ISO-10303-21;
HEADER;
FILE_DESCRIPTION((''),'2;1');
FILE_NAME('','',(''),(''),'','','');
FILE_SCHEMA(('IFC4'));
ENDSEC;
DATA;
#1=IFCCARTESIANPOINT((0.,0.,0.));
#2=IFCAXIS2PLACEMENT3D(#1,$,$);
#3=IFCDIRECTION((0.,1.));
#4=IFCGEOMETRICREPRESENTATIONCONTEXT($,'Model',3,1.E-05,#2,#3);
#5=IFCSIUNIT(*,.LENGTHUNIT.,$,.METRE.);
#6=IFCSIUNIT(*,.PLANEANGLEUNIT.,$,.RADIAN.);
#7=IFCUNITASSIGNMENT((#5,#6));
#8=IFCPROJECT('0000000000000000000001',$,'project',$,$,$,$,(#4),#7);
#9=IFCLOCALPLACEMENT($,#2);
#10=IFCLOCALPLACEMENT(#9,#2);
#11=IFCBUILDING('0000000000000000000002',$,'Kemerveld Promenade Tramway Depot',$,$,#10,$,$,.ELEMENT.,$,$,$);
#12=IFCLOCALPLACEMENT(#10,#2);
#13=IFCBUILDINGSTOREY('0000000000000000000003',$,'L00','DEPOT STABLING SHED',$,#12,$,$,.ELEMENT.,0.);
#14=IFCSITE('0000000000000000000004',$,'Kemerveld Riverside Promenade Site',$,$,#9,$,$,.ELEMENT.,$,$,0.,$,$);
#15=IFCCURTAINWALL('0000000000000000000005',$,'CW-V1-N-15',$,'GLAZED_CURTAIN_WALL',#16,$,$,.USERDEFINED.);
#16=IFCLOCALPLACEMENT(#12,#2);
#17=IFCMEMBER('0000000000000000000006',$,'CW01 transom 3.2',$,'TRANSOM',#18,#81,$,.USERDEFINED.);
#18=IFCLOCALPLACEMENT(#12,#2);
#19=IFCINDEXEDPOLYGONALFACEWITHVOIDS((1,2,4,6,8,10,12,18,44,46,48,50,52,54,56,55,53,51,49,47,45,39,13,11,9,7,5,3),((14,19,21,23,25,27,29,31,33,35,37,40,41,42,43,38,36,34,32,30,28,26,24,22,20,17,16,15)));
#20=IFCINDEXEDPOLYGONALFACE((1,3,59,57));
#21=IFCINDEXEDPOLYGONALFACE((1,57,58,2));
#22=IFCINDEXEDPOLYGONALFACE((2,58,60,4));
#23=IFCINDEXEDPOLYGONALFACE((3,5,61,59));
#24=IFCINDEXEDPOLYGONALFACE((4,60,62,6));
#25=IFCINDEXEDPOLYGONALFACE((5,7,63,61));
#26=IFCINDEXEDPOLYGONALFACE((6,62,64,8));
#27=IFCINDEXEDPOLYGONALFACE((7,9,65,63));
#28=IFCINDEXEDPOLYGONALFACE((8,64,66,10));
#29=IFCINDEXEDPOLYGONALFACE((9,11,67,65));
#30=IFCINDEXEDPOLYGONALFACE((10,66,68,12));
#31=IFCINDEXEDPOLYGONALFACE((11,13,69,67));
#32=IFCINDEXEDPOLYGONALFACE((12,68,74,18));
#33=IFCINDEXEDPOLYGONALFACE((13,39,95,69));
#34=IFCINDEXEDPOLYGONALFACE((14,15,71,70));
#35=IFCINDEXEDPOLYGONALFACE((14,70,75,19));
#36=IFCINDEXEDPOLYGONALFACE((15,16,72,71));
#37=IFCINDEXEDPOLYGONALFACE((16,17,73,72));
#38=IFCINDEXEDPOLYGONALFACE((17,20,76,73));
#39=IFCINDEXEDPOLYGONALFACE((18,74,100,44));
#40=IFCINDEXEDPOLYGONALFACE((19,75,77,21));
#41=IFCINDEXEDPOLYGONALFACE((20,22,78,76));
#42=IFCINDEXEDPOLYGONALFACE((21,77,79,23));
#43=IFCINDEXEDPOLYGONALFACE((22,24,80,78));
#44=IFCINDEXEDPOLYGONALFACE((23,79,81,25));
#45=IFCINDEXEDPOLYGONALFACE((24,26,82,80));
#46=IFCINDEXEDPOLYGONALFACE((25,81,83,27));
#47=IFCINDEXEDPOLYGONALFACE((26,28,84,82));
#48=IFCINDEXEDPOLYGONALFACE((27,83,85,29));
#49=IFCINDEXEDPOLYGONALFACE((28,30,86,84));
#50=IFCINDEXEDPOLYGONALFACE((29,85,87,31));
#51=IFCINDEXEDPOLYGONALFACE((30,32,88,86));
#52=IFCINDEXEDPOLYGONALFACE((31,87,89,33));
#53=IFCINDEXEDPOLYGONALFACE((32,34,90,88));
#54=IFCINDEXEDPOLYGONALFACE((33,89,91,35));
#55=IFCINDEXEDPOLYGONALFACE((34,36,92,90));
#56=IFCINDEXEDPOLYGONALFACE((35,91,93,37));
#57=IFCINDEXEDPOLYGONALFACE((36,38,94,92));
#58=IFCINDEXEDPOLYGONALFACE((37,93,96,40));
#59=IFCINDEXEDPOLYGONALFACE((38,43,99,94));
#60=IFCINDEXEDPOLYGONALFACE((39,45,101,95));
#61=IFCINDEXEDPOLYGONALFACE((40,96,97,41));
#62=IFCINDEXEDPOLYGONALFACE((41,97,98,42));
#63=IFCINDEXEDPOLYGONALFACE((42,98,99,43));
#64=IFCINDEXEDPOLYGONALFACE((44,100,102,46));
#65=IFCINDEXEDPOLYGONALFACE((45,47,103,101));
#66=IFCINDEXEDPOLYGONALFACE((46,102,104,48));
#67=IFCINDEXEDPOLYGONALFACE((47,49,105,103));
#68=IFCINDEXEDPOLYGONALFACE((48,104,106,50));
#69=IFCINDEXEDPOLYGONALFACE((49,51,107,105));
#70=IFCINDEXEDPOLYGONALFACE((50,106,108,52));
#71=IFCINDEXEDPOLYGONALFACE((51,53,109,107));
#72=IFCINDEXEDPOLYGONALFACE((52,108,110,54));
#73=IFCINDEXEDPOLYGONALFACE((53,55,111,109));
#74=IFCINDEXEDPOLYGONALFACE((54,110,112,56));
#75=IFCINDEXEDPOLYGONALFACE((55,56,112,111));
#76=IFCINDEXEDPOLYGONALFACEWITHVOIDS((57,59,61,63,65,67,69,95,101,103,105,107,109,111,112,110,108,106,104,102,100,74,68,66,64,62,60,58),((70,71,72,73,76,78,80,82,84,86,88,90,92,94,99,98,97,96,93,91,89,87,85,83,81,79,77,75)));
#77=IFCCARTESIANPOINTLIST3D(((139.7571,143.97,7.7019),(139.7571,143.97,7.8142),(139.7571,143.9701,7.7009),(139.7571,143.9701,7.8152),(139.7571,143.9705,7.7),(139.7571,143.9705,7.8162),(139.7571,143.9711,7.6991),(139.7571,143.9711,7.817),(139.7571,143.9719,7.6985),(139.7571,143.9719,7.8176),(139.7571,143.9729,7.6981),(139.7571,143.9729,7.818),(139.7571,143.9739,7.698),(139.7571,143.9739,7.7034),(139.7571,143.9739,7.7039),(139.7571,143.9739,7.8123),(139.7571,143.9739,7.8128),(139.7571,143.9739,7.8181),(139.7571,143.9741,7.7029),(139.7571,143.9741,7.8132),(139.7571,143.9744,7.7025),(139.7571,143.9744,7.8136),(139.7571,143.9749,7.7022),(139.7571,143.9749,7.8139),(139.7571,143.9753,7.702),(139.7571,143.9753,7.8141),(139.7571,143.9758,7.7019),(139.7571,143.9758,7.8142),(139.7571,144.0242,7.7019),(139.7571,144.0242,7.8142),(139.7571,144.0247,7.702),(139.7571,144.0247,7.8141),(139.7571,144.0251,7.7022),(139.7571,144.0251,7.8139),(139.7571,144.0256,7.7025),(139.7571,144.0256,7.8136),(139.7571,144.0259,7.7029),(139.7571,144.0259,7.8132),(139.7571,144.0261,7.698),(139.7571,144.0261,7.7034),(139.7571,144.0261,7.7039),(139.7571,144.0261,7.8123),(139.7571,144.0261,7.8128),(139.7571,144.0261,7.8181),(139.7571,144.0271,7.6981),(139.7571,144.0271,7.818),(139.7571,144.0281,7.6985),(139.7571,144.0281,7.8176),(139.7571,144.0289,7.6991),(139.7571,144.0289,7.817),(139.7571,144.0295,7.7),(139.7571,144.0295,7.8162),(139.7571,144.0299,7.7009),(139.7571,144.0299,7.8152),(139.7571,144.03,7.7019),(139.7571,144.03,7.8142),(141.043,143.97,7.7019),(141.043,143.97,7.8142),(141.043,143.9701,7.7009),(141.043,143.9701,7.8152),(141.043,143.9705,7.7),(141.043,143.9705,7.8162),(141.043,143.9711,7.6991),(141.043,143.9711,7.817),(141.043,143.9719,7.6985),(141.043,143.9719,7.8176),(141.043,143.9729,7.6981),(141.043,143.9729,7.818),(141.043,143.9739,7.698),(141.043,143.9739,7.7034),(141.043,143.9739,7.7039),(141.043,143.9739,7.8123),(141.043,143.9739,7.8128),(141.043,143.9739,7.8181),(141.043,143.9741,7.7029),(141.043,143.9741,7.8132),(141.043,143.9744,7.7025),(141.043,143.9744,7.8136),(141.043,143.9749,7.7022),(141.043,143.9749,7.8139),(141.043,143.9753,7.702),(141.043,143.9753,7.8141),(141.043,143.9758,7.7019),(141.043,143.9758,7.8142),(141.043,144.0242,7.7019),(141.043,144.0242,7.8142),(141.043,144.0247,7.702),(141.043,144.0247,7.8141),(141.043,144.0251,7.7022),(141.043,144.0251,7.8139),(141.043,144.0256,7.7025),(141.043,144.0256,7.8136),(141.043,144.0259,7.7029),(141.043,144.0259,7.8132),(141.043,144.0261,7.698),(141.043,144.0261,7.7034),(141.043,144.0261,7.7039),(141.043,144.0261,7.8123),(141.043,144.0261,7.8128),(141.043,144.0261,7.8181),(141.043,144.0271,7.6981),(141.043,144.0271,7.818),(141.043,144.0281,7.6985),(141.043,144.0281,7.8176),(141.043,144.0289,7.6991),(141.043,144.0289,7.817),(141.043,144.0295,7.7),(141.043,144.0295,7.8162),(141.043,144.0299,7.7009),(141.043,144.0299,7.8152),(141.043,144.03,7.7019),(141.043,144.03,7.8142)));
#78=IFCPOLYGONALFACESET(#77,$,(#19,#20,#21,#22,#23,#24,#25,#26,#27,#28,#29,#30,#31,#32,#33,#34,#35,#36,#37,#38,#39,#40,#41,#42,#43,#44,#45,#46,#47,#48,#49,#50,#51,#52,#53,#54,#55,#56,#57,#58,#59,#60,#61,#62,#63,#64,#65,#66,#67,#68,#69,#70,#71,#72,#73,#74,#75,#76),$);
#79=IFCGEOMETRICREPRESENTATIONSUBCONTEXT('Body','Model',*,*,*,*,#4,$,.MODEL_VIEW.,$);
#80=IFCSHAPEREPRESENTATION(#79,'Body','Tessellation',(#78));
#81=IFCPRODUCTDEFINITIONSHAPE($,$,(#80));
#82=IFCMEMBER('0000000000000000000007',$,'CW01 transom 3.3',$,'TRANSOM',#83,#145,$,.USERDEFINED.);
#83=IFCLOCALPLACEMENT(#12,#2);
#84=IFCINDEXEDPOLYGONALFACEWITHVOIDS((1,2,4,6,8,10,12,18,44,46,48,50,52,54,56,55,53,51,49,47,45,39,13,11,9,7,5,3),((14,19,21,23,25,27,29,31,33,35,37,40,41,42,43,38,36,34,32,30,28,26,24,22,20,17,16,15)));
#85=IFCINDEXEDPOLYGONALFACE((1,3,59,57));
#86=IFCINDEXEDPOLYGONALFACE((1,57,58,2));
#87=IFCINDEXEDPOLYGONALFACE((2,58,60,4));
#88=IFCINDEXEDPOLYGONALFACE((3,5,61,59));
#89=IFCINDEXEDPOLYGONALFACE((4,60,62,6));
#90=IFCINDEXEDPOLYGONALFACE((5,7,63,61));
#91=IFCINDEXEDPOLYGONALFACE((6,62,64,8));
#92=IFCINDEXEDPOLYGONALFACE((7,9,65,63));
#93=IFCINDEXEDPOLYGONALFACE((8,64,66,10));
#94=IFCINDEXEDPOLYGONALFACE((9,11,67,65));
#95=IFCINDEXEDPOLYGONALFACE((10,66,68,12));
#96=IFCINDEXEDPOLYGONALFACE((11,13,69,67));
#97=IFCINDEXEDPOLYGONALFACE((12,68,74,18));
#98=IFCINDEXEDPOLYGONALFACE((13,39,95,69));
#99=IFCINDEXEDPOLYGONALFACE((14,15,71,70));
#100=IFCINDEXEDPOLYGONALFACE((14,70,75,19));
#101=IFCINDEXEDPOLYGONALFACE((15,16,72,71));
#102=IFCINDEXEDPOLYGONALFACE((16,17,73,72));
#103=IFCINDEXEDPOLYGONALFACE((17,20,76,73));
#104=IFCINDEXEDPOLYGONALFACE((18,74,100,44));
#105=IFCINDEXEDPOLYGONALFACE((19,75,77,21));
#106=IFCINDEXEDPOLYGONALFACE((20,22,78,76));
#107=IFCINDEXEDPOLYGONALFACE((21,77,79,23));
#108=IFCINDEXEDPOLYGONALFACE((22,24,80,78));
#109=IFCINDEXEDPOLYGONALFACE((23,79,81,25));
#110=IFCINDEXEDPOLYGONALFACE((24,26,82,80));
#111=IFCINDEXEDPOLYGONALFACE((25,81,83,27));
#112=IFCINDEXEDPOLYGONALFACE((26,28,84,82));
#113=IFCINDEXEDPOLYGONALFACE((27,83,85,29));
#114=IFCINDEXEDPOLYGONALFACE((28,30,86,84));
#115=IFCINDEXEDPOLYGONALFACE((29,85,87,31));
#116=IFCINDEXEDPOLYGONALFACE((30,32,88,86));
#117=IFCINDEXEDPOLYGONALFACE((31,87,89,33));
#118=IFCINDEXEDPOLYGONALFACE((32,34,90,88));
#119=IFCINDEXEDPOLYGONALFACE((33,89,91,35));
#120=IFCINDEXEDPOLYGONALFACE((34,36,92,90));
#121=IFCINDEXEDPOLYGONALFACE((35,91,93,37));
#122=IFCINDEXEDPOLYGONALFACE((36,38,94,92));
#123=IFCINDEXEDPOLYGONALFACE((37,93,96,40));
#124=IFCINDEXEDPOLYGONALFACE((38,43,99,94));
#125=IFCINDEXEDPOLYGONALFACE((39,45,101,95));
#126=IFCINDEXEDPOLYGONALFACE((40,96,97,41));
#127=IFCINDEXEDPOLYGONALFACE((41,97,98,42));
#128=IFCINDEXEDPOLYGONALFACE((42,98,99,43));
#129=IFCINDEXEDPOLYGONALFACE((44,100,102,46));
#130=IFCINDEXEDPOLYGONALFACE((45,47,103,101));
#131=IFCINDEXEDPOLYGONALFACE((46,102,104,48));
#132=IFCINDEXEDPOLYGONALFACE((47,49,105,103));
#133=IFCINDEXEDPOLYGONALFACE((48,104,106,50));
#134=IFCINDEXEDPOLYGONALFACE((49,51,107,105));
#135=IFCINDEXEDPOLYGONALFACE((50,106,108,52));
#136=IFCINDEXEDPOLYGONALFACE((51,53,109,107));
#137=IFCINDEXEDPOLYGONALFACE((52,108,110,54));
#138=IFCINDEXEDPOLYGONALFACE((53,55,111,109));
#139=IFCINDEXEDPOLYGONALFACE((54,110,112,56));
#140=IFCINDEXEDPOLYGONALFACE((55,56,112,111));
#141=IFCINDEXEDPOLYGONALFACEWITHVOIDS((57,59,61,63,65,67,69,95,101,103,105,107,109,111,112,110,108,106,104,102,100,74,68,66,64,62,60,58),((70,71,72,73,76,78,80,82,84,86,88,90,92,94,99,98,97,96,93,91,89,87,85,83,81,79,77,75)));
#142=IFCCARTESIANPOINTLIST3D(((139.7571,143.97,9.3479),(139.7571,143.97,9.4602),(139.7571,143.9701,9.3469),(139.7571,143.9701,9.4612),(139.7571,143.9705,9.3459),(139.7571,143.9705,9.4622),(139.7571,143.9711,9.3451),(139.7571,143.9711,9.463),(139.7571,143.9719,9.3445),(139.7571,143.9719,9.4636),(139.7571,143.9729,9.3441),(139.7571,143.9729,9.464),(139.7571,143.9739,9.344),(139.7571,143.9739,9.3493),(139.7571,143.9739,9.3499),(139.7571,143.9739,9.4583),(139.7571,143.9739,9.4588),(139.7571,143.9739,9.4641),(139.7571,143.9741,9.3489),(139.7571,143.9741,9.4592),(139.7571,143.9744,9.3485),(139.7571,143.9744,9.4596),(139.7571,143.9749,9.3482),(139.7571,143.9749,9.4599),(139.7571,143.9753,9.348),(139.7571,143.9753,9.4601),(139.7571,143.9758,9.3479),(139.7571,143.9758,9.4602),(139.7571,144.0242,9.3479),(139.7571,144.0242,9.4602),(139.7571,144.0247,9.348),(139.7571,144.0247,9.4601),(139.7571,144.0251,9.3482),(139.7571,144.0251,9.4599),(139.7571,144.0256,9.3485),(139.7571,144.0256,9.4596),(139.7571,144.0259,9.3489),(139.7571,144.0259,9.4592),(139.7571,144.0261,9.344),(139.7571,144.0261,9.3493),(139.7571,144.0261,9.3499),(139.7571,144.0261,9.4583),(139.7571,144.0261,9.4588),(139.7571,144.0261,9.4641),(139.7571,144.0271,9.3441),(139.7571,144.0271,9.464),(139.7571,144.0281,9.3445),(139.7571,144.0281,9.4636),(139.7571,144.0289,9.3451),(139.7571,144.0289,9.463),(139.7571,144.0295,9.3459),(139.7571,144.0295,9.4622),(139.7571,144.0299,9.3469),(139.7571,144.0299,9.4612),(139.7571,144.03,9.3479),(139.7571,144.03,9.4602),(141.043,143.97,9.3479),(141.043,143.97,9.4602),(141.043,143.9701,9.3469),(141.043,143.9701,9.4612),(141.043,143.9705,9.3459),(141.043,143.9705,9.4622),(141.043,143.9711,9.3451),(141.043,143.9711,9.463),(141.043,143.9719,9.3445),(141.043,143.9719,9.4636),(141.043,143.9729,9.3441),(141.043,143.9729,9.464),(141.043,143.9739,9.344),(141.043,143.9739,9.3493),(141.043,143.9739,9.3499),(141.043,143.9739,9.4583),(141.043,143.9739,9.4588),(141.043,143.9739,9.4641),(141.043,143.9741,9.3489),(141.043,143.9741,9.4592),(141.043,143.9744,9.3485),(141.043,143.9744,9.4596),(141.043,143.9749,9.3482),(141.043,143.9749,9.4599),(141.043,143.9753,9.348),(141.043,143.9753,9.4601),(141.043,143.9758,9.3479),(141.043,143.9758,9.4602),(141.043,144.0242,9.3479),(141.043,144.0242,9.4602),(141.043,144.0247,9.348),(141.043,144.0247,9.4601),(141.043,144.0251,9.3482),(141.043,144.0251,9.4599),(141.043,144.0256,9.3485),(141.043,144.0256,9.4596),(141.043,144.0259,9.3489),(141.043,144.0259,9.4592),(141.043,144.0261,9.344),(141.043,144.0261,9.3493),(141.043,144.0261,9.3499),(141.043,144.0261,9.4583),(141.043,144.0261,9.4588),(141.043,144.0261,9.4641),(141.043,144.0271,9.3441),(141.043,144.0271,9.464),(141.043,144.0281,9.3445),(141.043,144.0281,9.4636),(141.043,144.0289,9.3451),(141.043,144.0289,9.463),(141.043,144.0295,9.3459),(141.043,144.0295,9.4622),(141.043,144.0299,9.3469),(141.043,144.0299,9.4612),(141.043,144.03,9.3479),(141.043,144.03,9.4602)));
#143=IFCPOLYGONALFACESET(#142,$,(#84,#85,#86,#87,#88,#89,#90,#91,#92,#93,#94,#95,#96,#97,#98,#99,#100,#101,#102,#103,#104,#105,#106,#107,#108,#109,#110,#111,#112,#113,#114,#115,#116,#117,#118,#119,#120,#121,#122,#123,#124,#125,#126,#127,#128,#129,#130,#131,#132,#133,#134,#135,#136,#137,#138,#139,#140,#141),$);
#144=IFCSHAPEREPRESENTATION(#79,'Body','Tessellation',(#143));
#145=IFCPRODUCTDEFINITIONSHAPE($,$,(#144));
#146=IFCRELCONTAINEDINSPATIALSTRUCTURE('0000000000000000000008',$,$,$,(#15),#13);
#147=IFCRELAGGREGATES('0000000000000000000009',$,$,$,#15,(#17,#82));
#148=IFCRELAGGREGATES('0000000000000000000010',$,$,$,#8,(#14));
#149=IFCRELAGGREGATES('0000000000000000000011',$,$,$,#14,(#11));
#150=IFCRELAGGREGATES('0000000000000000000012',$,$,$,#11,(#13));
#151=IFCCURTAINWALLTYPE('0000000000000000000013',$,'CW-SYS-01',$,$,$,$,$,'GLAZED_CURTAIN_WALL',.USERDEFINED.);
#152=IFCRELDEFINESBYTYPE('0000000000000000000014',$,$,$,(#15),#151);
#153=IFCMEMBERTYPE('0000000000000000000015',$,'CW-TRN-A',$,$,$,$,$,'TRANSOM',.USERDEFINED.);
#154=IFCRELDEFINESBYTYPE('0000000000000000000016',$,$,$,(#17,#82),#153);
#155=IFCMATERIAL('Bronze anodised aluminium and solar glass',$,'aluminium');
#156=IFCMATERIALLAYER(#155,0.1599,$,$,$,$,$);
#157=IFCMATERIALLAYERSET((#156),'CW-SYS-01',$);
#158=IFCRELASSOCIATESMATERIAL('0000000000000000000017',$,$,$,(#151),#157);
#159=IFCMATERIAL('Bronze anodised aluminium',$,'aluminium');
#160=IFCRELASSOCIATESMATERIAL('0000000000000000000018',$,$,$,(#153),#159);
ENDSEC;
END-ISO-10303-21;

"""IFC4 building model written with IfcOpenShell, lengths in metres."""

from ifc_helpers import new_model, si_unit, direction, frame, origin, origin_2d, place, context, subcontext, project, spatial, hollow_rectangle, extrude, material, layer, layer_set, material_profile, profile_set, type_object, element, aggregate, save


model = new_model("IFC4")

# Units and contexts
model_context = context("Model", 3, precision=1e-05, world=origin(), true_north=direction((0.0, 1.0)))
body_context = subcontext(model_context, "Body", "Model", "MODEL_VIEW")
ifc_project = project(units=[si_unit("LENGTHUNIT", "METRE"), si_unit("PLANEANGLEUNIT", "RADIAN")], contexts=[model_context])

# Site, building, storey
site_placement = place(None, origin())
site = spatial("IfcSite", under=ifc_project, at=site_placement, Name="Kemerveld Riverside Promenade Site", CompositionType="ELEMENT", RefElevation=0.0)
building_placement = place(site_placement, origin())
building = spatial("IfcBuilding", under=site, at=building_placement, Name="Kemerveld Promenade Tramway Depot", CompositionType="ELEMENT")
storey_placement = place(building_placement, origin())
storey = spatial("IfcBuildingStorey", under=building, at=storey_placement, Name="L00", Description="DEPOT STABLING SHED", CompositionType="ELEMENT", Elevation=0.0)

# Curtain wall, members
ifc_material_1 = material(Name="Bronze anodised aluminium and solar glass", Category="aluminium")
ifc_layer_1 = layer(ifc_material_1, 0.1599)
ifc_layer_set_1 = layer_set([ifc_layer_1], Name="CW-SYS-01")
curtain_wall_type = type_object("IfcCurtainWallType", Name="CW-SYS-01", ElementType="GLAZED_CURTAIN_WALL", PredefinedType="USERDEFINED", material=ifc_layer_set_1)
curtain_wall_placement = place(storey_placement, origin())
curtain_wall = element("IfcCurtainWall", 1, at=curtain_wall_placement, inside=storey, type_object=curtain_wall_type, Name="CW-V1-N-15", ObjectType="GLAZED_CURTAIN_WALL", PredefinedType="USERDEFINED")
ifc_material_2 = material(Name="Bronze anodised aluminium", Category="aluminium")
ifc_material_profile_1 = material_profile(ifc_material_2, hollow_rectangle(XDim=0.0601, YDim=0.1201, WallThickness=0.0039, InnerFilletRadius=0.002, OuterFilletRadius=0.0039, at=origin_2d()), Name="CW-TRN-120x60")
ifc_profile_set_1 = profile_set([ifc_material_profile_1], Name="Bronze anodised aluminium")
member_type_1 = type_object("IfcMemberType", Name="CW-TRN-A", ElementType="TRANSOM", PredefinedType="USERDEFINED", material=ifc_profile_set_1)
member_1_placement = place(storey_placement, frame((139.7571, 144.0, 7.7581), z_axis=(1.0, 0.0, 0.0), x_axis=(0.0, 1.0, 0.0)))
member_1 = element("IfcMember", 2, at=member_1_placement, type_object=member_type_1, Name="CW01 transom 3.2", ObjectType="TRANSOM", PredefinedType="USERDEFINED", context=body_context, shape_type="SweptSolid", body=[
    extrude(hollow_rectangle(XDim=0.0601, YDim=0.1201, WallThickness=0.0039, InnerFilletRadius=0.002, OuterFilletRadius=0.0039, at=origin_2d()), origin(), (0.0, 0.0, 1.0), 1.2859),
])
member_2_placement = place(storey_placement, frame((139.7571, 144.0, 9.4041), z_axis=(1.0, 0.0, 0.0), x_axis=(0.0, 1.0, 0.0)))
member_2 = element("IfcMember", 3, at=member_2_placement, type_object=member_type_1, Name="CW01 transom 3.3", ObjectType="TRANSOM", PredefinedType="USERDEFINED", context=body_context, shape_type="SweptSolid", body=[
    extrude(hollow_rectangle(XDim=0.0601, YDim=0.1201, WallThickness=0.0039, InnerFilletRadius=0.002, OuterFilletRadius=0.0039, at=origin_2d()), origin(), (0.0, 0.0, 1.0), 1.2859),
])
aggregate(curtain_wall, [member_1, member_2])

save(model, "model.ifc")
